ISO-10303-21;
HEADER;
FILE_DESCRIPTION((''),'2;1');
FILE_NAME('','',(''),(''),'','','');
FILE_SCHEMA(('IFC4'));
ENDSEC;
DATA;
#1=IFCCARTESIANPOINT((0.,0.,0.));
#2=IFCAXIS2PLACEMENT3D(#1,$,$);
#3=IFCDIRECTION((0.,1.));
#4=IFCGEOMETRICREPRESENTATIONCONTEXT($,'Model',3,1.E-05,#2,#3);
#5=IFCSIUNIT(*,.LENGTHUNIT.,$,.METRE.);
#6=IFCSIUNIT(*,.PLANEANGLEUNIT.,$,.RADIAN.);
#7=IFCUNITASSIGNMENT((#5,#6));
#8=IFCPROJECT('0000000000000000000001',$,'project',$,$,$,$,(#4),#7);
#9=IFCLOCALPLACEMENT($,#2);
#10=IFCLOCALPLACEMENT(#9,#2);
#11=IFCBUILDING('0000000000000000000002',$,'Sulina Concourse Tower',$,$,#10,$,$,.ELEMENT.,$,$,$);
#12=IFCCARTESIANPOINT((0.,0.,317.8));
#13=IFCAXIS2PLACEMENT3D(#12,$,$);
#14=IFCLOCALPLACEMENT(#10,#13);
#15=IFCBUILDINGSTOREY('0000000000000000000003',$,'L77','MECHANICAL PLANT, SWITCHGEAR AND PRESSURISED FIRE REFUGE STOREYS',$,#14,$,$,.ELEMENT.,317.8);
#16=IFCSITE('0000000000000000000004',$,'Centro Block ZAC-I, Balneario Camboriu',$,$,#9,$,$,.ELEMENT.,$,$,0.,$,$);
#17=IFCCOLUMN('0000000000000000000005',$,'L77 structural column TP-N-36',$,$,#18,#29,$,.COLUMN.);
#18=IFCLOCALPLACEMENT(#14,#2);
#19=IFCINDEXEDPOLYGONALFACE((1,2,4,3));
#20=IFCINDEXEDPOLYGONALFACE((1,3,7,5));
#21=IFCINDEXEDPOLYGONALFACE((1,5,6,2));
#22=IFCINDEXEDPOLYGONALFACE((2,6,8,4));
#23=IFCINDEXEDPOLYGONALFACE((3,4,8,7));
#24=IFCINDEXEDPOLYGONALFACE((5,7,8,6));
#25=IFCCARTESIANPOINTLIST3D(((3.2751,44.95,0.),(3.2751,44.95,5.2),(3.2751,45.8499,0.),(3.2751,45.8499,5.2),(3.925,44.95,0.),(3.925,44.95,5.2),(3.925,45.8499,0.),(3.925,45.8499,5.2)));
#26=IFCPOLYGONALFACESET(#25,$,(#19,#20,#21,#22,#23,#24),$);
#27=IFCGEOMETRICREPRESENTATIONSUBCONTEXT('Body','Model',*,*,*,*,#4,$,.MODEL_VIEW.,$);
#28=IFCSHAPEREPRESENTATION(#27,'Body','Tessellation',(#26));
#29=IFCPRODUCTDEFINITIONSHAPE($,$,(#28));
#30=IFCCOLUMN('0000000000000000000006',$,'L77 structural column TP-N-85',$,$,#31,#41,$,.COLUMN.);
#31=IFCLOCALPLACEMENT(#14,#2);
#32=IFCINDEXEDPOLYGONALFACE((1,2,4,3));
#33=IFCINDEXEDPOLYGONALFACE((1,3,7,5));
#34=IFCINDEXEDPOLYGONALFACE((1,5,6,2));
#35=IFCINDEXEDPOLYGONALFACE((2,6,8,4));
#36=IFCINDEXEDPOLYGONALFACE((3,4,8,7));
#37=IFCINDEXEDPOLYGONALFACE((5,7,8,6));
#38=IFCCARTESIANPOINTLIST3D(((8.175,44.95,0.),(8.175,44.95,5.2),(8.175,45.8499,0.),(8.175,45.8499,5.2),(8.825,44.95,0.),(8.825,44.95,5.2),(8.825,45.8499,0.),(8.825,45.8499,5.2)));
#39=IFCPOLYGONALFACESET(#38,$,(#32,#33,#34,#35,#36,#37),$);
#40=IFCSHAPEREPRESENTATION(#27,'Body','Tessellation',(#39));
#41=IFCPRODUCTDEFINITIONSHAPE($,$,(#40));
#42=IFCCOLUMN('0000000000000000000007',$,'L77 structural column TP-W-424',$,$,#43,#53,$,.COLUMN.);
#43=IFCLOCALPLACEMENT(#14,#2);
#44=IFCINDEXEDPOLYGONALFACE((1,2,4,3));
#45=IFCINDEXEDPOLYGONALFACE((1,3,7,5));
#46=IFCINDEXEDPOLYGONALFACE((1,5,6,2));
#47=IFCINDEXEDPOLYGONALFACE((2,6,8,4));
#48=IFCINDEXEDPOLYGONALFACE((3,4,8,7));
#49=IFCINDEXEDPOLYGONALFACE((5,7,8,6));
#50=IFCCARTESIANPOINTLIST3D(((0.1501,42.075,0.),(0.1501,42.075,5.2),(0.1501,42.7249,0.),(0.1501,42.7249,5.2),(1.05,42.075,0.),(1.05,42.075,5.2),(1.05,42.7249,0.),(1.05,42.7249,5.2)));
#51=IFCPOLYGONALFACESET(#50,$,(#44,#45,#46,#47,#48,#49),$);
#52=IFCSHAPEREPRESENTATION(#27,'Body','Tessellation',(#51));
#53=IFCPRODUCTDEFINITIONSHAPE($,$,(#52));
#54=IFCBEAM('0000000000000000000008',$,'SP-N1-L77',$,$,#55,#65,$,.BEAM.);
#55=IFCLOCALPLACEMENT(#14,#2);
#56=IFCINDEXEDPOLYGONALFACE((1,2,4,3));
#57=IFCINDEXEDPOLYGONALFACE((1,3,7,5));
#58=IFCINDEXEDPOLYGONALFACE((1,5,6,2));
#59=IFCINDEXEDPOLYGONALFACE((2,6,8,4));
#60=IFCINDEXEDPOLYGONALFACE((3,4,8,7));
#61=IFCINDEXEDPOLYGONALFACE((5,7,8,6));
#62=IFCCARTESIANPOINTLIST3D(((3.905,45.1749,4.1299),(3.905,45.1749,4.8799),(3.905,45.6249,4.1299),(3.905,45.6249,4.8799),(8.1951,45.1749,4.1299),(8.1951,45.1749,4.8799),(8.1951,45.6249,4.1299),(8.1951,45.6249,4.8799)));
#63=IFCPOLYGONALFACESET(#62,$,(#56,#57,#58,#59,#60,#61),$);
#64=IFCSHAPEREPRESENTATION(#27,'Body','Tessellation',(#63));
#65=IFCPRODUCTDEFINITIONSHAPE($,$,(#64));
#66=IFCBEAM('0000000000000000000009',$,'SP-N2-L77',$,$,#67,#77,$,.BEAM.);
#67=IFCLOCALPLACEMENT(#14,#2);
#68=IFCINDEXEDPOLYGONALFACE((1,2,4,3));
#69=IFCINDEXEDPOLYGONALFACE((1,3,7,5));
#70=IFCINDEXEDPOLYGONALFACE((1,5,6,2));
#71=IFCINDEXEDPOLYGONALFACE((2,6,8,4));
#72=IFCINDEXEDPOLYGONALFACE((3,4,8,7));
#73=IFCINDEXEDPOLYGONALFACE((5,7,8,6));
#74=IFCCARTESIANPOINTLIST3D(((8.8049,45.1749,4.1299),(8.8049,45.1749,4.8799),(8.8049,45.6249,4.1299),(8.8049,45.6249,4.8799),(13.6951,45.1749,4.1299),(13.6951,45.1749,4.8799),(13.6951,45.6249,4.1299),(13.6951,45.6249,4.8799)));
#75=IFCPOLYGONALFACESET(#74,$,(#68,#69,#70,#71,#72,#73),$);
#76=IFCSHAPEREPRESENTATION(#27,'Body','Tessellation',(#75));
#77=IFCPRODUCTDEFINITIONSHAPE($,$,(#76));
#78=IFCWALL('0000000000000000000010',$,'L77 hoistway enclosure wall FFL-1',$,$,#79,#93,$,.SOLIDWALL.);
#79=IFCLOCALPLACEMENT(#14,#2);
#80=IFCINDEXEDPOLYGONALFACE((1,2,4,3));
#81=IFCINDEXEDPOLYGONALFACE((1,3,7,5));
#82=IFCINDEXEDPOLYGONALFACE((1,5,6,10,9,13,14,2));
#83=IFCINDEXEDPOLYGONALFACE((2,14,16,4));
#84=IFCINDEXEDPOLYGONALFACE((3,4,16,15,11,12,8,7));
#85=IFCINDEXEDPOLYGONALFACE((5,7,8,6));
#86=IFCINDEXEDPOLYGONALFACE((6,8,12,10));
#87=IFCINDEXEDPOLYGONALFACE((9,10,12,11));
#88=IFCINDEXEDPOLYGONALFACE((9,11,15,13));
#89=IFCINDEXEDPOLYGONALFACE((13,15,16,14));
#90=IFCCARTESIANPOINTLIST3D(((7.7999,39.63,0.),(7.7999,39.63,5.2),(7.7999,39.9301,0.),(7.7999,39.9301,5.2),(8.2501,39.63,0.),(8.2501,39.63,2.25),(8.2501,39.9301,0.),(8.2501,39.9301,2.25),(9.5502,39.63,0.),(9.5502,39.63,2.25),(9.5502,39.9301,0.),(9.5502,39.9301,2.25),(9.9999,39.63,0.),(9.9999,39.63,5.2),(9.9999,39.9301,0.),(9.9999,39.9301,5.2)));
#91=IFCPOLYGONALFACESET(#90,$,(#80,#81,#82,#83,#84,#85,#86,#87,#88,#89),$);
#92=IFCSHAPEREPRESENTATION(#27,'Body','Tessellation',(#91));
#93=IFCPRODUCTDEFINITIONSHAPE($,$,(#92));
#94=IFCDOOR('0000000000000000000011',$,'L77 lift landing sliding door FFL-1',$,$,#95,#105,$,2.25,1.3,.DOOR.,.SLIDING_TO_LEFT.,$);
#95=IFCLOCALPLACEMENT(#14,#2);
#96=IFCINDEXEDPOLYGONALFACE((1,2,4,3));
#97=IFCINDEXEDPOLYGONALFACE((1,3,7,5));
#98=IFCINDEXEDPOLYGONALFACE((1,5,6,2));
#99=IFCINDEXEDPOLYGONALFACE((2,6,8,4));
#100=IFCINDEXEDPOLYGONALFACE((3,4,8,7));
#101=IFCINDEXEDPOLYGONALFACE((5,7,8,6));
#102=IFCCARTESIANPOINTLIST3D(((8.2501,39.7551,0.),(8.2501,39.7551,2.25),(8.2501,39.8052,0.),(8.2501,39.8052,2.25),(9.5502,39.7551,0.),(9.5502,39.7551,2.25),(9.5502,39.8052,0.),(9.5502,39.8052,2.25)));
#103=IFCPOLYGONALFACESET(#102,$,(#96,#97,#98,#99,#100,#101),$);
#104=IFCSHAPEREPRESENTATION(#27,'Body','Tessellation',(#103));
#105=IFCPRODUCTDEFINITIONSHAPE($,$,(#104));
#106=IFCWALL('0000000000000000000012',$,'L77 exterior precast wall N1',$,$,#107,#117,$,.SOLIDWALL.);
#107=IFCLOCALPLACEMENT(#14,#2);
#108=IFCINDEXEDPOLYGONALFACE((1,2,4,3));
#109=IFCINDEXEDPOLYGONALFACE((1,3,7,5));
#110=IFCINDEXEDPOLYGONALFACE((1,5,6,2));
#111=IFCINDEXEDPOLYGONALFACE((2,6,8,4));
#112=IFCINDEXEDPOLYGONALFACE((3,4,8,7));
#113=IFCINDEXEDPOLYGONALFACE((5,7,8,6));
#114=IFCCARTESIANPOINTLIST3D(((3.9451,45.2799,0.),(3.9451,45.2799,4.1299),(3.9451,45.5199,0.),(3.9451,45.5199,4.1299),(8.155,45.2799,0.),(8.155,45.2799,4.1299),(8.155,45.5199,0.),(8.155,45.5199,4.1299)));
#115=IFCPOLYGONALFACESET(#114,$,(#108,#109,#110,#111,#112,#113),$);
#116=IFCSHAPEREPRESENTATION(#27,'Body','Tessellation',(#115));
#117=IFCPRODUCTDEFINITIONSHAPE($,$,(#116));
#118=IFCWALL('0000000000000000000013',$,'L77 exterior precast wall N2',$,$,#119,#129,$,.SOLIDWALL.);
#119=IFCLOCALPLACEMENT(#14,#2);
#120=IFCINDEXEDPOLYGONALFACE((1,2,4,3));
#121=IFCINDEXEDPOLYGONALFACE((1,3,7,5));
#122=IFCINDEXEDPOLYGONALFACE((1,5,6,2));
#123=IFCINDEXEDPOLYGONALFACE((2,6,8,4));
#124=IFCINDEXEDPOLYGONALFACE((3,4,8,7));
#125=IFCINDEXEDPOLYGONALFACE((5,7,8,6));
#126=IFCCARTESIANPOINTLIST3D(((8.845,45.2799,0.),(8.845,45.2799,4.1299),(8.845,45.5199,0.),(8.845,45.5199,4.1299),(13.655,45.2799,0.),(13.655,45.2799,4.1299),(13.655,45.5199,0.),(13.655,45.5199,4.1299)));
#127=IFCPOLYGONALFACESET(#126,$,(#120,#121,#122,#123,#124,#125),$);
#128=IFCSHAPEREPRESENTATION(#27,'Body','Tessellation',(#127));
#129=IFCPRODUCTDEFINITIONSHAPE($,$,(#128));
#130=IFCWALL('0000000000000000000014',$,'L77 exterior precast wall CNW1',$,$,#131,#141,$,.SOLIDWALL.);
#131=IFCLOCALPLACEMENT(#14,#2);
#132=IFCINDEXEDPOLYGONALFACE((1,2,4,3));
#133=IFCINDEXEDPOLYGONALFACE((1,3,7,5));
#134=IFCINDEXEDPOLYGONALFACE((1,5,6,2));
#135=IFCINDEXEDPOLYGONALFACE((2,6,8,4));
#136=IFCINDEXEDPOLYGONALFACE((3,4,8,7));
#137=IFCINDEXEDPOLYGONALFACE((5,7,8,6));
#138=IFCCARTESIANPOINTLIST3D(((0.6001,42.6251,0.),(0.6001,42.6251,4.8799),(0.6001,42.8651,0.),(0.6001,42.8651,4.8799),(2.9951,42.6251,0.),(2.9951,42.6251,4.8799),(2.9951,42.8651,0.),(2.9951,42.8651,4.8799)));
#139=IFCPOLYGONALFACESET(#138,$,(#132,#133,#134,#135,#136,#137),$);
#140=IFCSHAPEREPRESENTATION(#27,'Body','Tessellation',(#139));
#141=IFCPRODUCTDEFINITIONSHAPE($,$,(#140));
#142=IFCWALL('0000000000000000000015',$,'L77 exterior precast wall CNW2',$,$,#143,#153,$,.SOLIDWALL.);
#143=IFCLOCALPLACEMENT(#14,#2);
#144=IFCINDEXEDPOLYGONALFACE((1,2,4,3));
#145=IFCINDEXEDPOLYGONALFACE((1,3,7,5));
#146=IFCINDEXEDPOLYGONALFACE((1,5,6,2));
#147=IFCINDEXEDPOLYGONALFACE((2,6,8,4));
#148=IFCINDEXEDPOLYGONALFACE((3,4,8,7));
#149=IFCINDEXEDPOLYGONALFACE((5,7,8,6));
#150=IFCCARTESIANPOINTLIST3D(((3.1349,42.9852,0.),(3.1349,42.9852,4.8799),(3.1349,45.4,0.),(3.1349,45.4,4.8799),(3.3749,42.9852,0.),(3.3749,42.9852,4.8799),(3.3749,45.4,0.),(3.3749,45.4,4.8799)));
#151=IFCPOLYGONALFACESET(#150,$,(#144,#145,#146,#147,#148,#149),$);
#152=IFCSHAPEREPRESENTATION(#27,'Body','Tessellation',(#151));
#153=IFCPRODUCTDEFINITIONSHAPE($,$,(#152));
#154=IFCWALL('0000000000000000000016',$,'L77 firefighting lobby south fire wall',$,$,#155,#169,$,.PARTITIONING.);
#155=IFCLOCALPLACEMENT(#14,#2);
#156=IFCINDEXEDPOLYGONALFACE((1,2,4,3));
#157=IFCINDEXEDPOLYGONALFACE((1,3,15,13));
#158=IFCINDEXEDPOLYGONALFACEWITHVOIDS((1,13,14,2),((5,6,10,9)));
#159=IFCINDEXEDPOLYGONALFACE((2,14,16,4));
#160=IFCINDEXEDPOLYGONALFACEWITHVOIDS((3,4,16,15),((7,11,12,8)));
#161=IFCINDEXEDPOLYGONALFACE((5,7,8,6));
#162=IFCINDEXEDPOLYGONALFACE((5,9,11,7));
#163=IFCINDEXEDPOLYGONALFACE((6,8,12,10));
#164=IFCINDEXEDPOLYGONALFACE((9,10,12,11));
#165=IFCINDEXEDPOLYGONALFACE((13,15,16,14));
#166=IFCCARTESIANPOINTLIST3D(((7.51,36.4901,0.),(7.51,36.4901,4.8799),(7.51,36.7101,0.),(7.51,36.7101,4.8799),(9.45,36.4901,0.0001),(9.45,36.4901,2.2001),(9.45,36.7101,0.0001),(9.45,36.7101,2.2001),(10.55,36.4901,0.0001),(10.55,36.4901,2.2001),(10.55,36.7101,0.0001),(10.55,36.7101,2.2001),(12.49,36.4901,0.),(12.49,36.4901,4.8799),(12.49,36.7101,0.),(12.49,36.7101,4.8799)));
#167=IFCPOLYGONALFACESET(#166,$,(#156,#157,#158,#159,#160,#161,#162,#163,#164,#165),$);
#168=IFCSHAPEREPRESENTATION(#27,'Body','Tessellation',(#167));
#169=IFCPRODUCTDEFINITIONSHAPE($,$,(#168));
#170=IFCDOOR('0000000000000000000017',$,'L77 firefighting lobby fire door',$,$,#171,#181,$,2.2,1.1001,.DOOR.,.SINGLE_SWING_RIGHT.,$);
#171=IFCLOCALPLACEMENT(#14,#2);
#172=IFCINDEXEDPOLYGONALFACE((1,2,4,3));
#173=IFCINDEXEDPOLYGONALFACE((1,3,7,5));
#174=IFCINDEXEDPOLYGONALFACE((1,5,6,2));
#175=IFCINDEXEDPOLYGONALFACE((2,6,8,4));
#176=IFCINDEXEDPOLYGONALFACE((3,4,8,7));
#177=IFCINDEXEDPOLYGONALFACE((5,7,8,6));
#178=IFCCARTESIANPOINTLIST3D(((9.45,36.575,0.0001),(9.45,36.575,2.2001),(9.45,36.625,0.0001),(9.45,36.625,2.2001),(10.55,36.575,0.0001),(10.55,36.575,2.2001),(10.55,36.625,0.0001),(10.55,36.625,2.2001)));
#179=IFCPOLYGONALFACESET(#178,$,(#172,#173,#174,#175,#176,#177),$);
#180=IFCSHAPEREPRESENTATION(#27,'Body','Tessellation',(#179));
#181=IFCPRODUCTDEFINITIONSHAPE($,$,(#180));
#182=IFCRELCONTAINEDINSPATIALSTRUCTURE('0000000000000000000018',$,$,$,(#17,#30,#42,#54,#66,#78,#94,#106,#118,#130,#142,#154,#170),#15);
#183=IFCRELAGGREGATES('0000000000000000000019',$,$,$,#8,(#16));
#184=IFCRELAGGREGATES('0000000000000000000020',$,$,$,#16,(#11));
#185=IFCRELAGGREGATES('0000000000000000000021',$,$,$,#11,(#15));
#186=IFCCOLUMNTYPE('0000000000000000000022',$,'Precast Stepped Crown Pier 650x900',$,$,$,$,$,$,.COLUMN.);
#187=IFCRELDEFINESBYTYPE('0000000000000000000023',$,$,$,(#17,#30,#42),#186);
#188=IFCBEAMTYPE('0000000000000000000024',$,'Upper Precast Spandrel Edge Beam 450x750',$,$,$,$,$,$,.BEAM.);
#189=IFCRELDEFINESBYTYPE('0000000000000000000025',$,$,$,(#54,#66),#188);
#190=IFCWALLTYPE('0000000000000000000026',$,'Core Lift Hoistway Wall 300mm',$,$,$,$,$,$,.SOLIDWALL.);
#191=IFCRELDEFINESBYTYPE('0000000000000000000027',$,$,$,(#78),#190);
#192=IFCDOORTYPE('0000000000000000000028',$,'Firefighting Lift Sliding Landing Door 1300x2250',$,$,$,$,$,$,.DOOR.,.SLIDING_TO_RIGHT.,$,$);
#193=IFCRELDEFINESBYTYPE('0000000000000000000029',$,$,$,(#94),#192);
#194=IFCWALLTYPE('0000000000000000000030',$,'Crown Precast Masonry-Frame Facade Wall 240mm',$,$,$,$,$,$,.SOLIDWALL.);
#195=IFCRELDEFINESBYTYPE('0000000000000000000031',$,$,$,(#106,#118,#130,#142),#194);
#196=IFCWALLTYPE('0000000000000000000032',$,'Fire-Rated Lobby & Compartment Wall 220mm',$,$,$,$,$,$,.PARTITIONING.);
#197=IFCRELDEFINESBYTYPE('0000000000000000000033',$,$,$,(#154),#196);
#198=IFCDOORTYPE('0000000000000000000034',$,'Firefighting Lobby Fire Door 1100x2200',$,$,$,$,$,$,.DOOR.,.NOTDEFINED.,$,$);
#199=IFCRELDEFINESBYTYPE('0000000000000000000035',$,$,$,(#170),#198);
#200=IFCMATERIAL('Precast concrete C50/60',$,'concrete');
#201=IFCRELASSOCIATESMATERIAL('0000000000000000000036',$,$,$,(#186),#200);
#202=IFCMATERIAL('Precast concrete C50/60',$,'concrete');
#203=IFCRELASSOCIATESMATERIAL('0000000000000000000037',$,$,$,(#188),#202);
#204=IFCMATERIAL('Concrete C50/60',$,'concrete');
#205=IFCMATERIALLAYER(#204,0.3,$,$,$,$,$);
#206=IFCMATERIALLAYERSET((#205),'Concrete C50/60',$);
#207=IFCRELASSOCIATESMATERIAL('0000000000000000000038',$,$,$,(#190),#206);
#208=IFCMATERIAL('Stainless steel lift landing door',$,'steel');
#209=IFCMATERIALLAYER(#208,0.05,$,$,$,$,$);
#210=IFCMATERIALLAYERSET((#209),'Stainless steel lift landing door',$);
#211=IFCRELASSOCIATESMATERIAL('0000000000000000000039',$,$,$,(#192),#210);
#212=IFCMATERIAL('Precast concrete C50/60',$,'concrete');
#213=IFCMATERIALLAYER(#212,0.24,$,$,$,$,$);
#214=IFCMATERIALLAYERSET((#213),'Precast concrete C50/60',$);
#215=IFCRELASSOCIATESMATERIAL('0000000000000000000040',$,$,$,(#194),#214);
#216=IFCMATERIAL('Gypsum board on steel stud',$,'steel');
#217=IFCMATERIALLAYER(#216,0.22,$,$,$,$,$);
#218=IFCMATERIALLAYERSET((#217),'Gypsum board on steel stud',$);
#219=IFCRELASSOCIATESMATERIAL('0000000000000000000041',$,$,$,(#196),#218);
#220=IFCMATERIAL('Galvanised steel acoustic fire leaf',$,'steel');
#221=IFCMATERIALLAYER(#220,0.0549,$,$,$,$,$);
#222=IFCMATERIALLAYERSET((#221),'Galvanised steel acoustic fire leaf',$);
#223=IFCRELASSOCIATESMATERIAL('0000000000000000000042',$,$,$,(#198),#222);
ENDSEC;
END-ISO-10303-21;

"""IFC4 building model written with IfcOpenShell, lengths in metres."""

from ifc_helpers import new_model, si_unit, direction, frame, frame_2d, origin, origin_2d, place, context, subcontext, project, spatial, rectangle, extrude, material, layer, layer_set, material_profile, profile_set, type_object, element, fill, save


model = new_model("IFC4")

# Units and contexts
model_context = context("Model", 3, precision=1e-05, world=origin(), true_north=direction((0.0, 1.0)))
body_context = subcontext(model_context, "Body", "Model", "MODEL_VIEW")
ifc_project = project(units=[si_unit("LENGTHUNIT", "METRE"), si_unit("PLANEANGLEUNIT", "RADIAN")], contexts=[model_context])

# Site, building, storey
site_placement = place(None, origin())
site = spatial("IfcSite", under=ifc_project, at=site_placement, Name="Centro Block ZAC-I, Balneario Camboriu", CompositionType="ELEMENT", RefElevation=0.0)
building_placement = place(site_placement, origin())
building = spatial("IfcBuilding", under=site, at=building_placement, Name="Sulina Concourse Tower", CompositionType="ELEMENT")
storey_placement = place(building_placement, frame((0.0, 0.0, 317.8)))
storey = spatial("IfcBuildingStorey", under=building, at=storey_placement, Name="L77", Description="MECHANICAL PLANT, SWITCHGEAR AND PRESSURISED FIRE REFUGE STOREYS", CompositionType="ELEMENT", Elevation=317.8)

# Columns
ifc_material_1 = material(Name="Precast concrete C50/60", Category="concrete")
ifc_material_profile_1 = material_profile(ifc_material_1, rectangle(XDim=0.6499, YDim=0.8999, at=origin_2d()), Name="PC 650x900")
ifc_profile_set_1 = profile_set([ifc_material_profile_1], Name="Precast concrete C50/60")
column_type = type_object("IfcColumnType", Name="Precast Stepped Crown Pier 650x900", PredefinedType="COLUMN", material=ifc_profile_set_1)
for number, where, z_axis, x_axis, name in (
    (1, (3.6001, 45.3999, 0.0), (0.0, 0.0, 1.0), (1.0, 0.0, 0.0), "L77 structural column TP-N-36"),
    (2, (8.5, 45.3999, 0.0), (0.0, 0.0, 1.0), (1.0, 0.0, 0.0), "L77 structural column TP-N-85"),
    (3, (0.6001, 42.3999, 0.0), (0.0, 0.0, 1.0), (0.0, 1.0, 0.0), "L77 structural column TP-W-424"),
):
    element("IfcColumn", number, at=place(storey_placement, frame(where, z_axis=z_axis, x_axis=x_axis)), inside=storey, type_object=column_type, Name=name, PredefinedType="COLUMN", context=body_context, shape_type="SweptSolid", body=[
        extrude(rectangle(XDim=0.6499, YDim=0.8999, at=origin_2d()), origin(), (0.0, 0.0, 1.0), 5.2),
    ])

# Beams
ifc_material_2 = material(Name="Precast concrete C50/60", Category="concrete")
ifc_material_profile_2 = material_profile(ifc_material_2, rectangle(XDim=0.45, YDim=0.75, at=origin_2d()), Name="RC 450x750")
ifc_profile_set_2 = profile_set([ifc_material_profile_2], Name="Precast concrete C50/60")
beam_type = type_object("IfcBeamType", Name="Upper Precast Spandrel Edge Beam 450x750", PredefinedType="BEAM", material=ifc_profile_set_2)
beam_1_placement = place(storey_placement, frame((3.905, 45.3999, 4.5049), z_axis=(1.0, 0.0, 0.0), x_axis=(0.0, 1.0, 0.0)))
element("IfcBeam", 4, at=beam_1_placement, inside=storey, type_object=beam_type, Name="SP-N1-L77", PredefinedType="BEAM", context=body_context, shape_type="SweptSolid", body=[
    extrude(rectangle(XDim=0.45, YDim=0.75, at=origin_2d()), origin(), (0.0, 0.0, 1.0), 4.29),
])
beam_2_placement = place(storey_placement, frame((8.8049, 45.3999, 4.5049), z_axis=(1.0, 0.0, 0.0), x_axis=(0.0, 1.0, 0.0)))
element("IfcBeam", 5, at=beam_2_placement, inside=storey, type_object=beam_type, Name="SP-N2-L77", PredefinedType="BEAM", context=body_context, shape_type="SweptSolid", body=[
    extrude(rectangle(XDim=0.45, YDim=0.75, at=origin_2d()), origin(), (0.0, 0.0, 1.0), 4.8901),
])

# Wall, opening, door
ifc_material_3 = material(Name="Concrete C50/60", Category="concrete")
ifc_layer_1 = layer(ifc_material_3, 0.3)
ifc_layer_set_1 = layer_set([ifc_layer_1], Name="Concrete C50/60")
wall_type_1 = type_object("IfcWallType", Name="Core Lift Hoistway Wall 300mm", PredefinedType="SOLIDWALL", material=ifc_layer_set_1)
wall_1_placement = place(storey_placement, frame((10.0, 39.78, 0.0), z_axis=(0.0, 0.0, 1.0), x_axis=(-1.0, 0.0, 0.0)))
wall_1 = element("IfcWall", 6, at=wall_1_placement, inside=storey, type_object=wall_type_1, Name="L77 hoistway enclosure wall FFL-1", PredefinedType="SOLIDWALL", context=body_context, shape_type="SweptSolid", body=[
    extrude(rectangle(XDim=2.2, YDim=0.3, at=frame_2d((1.1001, 0.0))), origin(), (0.0, 0.0, 1.0), 5.2),
])
opening_1_placement = place(wall_1_placement, frame((0.45, 0.0, 0.0)))
opening_1 = element("IfcOpeningElement", 7, at=opening_1_placement, cuts=wall_1, PredefinedType="OPENING", context=body_context, shape_type="SweptSolid", body=[
    extrude(rectangle(XDim=1.3, YDim=2.25, at=frame_2d((0.6499, 1.125))), frame((0.0, 0.1599, 0.0), z_axis=(0.0, -1.0, 0.0), x_axis=(1.0, 0.0, 0.0)), (0.0, 0.0, 1.0), 0.3201),
])
ifc_material_4 = material(Name="Stainless steel lift landing door", Category="steel")
ifc_layer_2 = layer(ifc_material_4, 0.05)
ifc_layer_set_2 = layer_set([ifc_layer_2], Name="Stainless steel lift landing door")
door_type_1 = type_object("IfcDoorType", Name="Firefighting Lift Sliding Landing Door 1300x2250", OperationType="SLIDING_TO_RIGHT", PredefinedType="DOOR", material=ifc_layer_set_2)
door_1_placement = place(opening_1_placement, origin())
door_1 = element("IfcDoor", 8, at=door_1_placement, inside=storey, type_object=door_type_1, Name="L77 lift landing sliding door FFL-1", OperationType="SLIDING_TO_LEFT", OverallHeight=2.25, OverallWidth=1.3, PredefinedType="DOOR", context=body_context, shape_type="SweptSolid", body=[
    extrude(rectangle(XDim=1.3, YDim=2.25, at=frame_2d((0.6499, 1.125))), frame((0.0, 0.0249, 0.0), z_axis=(0.0, -1.0, 0.0), x_axis=(1.0, 0.0, 0.0)), (0.0, 0.0, 1.0), 0.05),
])
fill(opening_1, door_1)

# Walls
ifc_material_5 = material(Name="Precast concrete C50/60", Category="concrete")
ifc_layer_3 = layer(ifc_material_5, 0.24)
ifc_layer_set_3 = layer_set([ifc_layer_3], Name="Precast concrete C50/60")
wall_type_2 = type_object("IfcWallType", Name="Crown Precast Masonry-Frame Facade Wall 240mm", PredefinedType="SOLIDWALL", material=ifc_layer_set_3)
wall_2_placement = place(storey_placement, frame((3.9451, 45.3999, 0.0), z_axis=(0.0, 0.0, 1.0), x_axis=(1.0, 0.0, 0.0)))
element("IfcWall", 9, at=wall_2_placement, inside=storey, type_object=wall_type_2, Name="L77 exterior precast wall N1", PredefinedType="SOLIDWALL", context=body_context, shape_type="SweptSolid", body=[
    extrude(rectangle(XDim=4.21, YDim=0.24, at=frame_2d((2.105, 0.0))), origin(), (0.0, 0.0, 1.0), 4.1299),
])
wall_3_placement = place(storey_placement, frame((8.845, 45.3999, 0.0), z_axis=(0.0, 0.0, 1.0), x_axis=(1.0, 0.0, 0.0)))
element("IfcWall", 10, at=wall_3_placement, inside=storey, type_object=wall_type_2, Name="L77 exterior precast wall N2", PredefinedType="SOLIDWALL", context=body_context, shape_type="SweptSolid", body=[
    extrude(rectangle(XDim=4.8101, YDim=0.24, at=frame_2d((2.405, 0.0))), origin(), (0.0, 0.0, 1.0), 4.1299),
])
wall_4_placement = place(storey_placement, frame((0.6001, 42.7451, 0.0), z_axis=(0.0, 0.0, 1.0), x_axis=(1.0, 0.0, 0.0)))
element("IfcWall", 11, at=wall_4_placement, inside=storey, type_object=wall_type_2, Name="L77 exterior precast wall CNW1", PredefinedType="SOLIDWALL", context=body_context, shape_type="SweptSolid", body=[
    extrude(rectangle(XDim=2.395, YDim=0.24, at=frame_2d((1.1975, 0.0))), origin(), (0.0, 0.0, 1.0), 4.8799),
])
wall_5_placement = place(storey_placement, frame((3.2549, 42.9851, 0.0), z_axis=(0.0, 0.0, 1.0), x_axis=(0.0, 1.0, 0.0)))
element("IfcWall", 12, at=wall_5_placement, inside=storey, type_object=wall_type_2, Name="L77 exterior precast wall CNW2", PredefinedType="SOLIDWALL", context=body_context, shape_type="SweptSolid", body=[
    extrude(rectangle(XDim=2.4148, YDim=0.24, at=frame_2d((1.2075, 0.0))), origin(), (0.0, 0.0, 1.0), 4.8799),
])

# Wall, opening, door
ifc_material_6 = material(Name="Gypsum board on steel stud", Category="steel")
ifc_layer_4 = layer(ifc_material_6, 0.22)
ifc_layer_set_4 = layer_set([ifc_layer_4], Name="Gypsum board on steel stud")
wall_type_3 = type_object("IfcWallType", Name="Fire-Rated Lobby & Compartment Wall 220mm", PredefinedType="PARTITIONING", material=ifc_layer_set_4)
wall_6_placement = place(storey_placement, frame((7.51, 36.6001, 0.0), z_axis=(0.0, 0.0, 1.0), x_axis=(1.0, 0.0, 0.0)))
wall_6 = element("IfcWall", 13, at=wall_6_placement, inside=storey, type_object=wall_type_3, Name="L77 firefighting lobby south fire wall", PredefinedType="PARTITIONING", context=body_context, shape_type="SweptSolid", body=[
    extrude(rectangle(XDim=4.98, YDim=0.22, at=frame_2d((2.49, 0.0))), origin(), (0.0, 0.0, 1.0), 4.8799),
])
opening_2_placement = place(wall_6_placement, frame((1.9399, 0.0, 0.0)))
opening_2 = element("IfcOpeningElement", 14, at=opening_2_placement, cuts=wall_6, PredefinedType="OPENING", context=body_context, shape_type="SweptSolid", body=[
    extrude(rectangle(XDim=1.1001, YDim=2.2, at=frame_2d((0.55, 1.1001))), frame((0.0, 0.1199, 0.0), z_axis=(0.0, -1.0, 0.0), x_axis=(1.0, 0.0, 0.0)), (0.0, 0.0, 1.0), 0.24),
])
ifc_material_7 = material(Name="Galvanised steel acoustic fire leaf", Category="steel")
ifc_layer_5 = layer(ifc_material_7, 0.0549)
ifc_layer_set_5 = layer_set([ifc_layer_5], Name="Galvanised steel acoustic fire leaf")
door_type_2 = type_object("IfcDoorType", Name="Firefighting Lobby Fire Door 1100x2200", OperationType="NOTDEFINED", PredefinedType="DOOR", material=ifc_layer_set_5)
door_2_placement = place(opening_2_placement, origin())
door_2 = element("IfcDoor", 15, at=door_2_placement, inside=storey, type_object=door_type_2, Name="L77 firefighting lobby fire door", OperationType="SINGLE_SWING_RIGHT", OverallHeight=2.2, OverallWidth=1.1001, PredefinedType="DOOR", context=body_context, shape_type="SweptSolid", body=[
    extrude(rectangle(XDim=1.1001, YDim=2.2, at=frame_2d((0.55, 1.1001))), frame((0.0, 0.0249, 0.0), z_axis=(0.0, -1.0, 0.0), x_axis=(1.0, 0.0, 0.0)), (0.0, 0.0, 1.0), 0.05),
])
fill(opening_2, door_2)

save(model, "model.ifc")
